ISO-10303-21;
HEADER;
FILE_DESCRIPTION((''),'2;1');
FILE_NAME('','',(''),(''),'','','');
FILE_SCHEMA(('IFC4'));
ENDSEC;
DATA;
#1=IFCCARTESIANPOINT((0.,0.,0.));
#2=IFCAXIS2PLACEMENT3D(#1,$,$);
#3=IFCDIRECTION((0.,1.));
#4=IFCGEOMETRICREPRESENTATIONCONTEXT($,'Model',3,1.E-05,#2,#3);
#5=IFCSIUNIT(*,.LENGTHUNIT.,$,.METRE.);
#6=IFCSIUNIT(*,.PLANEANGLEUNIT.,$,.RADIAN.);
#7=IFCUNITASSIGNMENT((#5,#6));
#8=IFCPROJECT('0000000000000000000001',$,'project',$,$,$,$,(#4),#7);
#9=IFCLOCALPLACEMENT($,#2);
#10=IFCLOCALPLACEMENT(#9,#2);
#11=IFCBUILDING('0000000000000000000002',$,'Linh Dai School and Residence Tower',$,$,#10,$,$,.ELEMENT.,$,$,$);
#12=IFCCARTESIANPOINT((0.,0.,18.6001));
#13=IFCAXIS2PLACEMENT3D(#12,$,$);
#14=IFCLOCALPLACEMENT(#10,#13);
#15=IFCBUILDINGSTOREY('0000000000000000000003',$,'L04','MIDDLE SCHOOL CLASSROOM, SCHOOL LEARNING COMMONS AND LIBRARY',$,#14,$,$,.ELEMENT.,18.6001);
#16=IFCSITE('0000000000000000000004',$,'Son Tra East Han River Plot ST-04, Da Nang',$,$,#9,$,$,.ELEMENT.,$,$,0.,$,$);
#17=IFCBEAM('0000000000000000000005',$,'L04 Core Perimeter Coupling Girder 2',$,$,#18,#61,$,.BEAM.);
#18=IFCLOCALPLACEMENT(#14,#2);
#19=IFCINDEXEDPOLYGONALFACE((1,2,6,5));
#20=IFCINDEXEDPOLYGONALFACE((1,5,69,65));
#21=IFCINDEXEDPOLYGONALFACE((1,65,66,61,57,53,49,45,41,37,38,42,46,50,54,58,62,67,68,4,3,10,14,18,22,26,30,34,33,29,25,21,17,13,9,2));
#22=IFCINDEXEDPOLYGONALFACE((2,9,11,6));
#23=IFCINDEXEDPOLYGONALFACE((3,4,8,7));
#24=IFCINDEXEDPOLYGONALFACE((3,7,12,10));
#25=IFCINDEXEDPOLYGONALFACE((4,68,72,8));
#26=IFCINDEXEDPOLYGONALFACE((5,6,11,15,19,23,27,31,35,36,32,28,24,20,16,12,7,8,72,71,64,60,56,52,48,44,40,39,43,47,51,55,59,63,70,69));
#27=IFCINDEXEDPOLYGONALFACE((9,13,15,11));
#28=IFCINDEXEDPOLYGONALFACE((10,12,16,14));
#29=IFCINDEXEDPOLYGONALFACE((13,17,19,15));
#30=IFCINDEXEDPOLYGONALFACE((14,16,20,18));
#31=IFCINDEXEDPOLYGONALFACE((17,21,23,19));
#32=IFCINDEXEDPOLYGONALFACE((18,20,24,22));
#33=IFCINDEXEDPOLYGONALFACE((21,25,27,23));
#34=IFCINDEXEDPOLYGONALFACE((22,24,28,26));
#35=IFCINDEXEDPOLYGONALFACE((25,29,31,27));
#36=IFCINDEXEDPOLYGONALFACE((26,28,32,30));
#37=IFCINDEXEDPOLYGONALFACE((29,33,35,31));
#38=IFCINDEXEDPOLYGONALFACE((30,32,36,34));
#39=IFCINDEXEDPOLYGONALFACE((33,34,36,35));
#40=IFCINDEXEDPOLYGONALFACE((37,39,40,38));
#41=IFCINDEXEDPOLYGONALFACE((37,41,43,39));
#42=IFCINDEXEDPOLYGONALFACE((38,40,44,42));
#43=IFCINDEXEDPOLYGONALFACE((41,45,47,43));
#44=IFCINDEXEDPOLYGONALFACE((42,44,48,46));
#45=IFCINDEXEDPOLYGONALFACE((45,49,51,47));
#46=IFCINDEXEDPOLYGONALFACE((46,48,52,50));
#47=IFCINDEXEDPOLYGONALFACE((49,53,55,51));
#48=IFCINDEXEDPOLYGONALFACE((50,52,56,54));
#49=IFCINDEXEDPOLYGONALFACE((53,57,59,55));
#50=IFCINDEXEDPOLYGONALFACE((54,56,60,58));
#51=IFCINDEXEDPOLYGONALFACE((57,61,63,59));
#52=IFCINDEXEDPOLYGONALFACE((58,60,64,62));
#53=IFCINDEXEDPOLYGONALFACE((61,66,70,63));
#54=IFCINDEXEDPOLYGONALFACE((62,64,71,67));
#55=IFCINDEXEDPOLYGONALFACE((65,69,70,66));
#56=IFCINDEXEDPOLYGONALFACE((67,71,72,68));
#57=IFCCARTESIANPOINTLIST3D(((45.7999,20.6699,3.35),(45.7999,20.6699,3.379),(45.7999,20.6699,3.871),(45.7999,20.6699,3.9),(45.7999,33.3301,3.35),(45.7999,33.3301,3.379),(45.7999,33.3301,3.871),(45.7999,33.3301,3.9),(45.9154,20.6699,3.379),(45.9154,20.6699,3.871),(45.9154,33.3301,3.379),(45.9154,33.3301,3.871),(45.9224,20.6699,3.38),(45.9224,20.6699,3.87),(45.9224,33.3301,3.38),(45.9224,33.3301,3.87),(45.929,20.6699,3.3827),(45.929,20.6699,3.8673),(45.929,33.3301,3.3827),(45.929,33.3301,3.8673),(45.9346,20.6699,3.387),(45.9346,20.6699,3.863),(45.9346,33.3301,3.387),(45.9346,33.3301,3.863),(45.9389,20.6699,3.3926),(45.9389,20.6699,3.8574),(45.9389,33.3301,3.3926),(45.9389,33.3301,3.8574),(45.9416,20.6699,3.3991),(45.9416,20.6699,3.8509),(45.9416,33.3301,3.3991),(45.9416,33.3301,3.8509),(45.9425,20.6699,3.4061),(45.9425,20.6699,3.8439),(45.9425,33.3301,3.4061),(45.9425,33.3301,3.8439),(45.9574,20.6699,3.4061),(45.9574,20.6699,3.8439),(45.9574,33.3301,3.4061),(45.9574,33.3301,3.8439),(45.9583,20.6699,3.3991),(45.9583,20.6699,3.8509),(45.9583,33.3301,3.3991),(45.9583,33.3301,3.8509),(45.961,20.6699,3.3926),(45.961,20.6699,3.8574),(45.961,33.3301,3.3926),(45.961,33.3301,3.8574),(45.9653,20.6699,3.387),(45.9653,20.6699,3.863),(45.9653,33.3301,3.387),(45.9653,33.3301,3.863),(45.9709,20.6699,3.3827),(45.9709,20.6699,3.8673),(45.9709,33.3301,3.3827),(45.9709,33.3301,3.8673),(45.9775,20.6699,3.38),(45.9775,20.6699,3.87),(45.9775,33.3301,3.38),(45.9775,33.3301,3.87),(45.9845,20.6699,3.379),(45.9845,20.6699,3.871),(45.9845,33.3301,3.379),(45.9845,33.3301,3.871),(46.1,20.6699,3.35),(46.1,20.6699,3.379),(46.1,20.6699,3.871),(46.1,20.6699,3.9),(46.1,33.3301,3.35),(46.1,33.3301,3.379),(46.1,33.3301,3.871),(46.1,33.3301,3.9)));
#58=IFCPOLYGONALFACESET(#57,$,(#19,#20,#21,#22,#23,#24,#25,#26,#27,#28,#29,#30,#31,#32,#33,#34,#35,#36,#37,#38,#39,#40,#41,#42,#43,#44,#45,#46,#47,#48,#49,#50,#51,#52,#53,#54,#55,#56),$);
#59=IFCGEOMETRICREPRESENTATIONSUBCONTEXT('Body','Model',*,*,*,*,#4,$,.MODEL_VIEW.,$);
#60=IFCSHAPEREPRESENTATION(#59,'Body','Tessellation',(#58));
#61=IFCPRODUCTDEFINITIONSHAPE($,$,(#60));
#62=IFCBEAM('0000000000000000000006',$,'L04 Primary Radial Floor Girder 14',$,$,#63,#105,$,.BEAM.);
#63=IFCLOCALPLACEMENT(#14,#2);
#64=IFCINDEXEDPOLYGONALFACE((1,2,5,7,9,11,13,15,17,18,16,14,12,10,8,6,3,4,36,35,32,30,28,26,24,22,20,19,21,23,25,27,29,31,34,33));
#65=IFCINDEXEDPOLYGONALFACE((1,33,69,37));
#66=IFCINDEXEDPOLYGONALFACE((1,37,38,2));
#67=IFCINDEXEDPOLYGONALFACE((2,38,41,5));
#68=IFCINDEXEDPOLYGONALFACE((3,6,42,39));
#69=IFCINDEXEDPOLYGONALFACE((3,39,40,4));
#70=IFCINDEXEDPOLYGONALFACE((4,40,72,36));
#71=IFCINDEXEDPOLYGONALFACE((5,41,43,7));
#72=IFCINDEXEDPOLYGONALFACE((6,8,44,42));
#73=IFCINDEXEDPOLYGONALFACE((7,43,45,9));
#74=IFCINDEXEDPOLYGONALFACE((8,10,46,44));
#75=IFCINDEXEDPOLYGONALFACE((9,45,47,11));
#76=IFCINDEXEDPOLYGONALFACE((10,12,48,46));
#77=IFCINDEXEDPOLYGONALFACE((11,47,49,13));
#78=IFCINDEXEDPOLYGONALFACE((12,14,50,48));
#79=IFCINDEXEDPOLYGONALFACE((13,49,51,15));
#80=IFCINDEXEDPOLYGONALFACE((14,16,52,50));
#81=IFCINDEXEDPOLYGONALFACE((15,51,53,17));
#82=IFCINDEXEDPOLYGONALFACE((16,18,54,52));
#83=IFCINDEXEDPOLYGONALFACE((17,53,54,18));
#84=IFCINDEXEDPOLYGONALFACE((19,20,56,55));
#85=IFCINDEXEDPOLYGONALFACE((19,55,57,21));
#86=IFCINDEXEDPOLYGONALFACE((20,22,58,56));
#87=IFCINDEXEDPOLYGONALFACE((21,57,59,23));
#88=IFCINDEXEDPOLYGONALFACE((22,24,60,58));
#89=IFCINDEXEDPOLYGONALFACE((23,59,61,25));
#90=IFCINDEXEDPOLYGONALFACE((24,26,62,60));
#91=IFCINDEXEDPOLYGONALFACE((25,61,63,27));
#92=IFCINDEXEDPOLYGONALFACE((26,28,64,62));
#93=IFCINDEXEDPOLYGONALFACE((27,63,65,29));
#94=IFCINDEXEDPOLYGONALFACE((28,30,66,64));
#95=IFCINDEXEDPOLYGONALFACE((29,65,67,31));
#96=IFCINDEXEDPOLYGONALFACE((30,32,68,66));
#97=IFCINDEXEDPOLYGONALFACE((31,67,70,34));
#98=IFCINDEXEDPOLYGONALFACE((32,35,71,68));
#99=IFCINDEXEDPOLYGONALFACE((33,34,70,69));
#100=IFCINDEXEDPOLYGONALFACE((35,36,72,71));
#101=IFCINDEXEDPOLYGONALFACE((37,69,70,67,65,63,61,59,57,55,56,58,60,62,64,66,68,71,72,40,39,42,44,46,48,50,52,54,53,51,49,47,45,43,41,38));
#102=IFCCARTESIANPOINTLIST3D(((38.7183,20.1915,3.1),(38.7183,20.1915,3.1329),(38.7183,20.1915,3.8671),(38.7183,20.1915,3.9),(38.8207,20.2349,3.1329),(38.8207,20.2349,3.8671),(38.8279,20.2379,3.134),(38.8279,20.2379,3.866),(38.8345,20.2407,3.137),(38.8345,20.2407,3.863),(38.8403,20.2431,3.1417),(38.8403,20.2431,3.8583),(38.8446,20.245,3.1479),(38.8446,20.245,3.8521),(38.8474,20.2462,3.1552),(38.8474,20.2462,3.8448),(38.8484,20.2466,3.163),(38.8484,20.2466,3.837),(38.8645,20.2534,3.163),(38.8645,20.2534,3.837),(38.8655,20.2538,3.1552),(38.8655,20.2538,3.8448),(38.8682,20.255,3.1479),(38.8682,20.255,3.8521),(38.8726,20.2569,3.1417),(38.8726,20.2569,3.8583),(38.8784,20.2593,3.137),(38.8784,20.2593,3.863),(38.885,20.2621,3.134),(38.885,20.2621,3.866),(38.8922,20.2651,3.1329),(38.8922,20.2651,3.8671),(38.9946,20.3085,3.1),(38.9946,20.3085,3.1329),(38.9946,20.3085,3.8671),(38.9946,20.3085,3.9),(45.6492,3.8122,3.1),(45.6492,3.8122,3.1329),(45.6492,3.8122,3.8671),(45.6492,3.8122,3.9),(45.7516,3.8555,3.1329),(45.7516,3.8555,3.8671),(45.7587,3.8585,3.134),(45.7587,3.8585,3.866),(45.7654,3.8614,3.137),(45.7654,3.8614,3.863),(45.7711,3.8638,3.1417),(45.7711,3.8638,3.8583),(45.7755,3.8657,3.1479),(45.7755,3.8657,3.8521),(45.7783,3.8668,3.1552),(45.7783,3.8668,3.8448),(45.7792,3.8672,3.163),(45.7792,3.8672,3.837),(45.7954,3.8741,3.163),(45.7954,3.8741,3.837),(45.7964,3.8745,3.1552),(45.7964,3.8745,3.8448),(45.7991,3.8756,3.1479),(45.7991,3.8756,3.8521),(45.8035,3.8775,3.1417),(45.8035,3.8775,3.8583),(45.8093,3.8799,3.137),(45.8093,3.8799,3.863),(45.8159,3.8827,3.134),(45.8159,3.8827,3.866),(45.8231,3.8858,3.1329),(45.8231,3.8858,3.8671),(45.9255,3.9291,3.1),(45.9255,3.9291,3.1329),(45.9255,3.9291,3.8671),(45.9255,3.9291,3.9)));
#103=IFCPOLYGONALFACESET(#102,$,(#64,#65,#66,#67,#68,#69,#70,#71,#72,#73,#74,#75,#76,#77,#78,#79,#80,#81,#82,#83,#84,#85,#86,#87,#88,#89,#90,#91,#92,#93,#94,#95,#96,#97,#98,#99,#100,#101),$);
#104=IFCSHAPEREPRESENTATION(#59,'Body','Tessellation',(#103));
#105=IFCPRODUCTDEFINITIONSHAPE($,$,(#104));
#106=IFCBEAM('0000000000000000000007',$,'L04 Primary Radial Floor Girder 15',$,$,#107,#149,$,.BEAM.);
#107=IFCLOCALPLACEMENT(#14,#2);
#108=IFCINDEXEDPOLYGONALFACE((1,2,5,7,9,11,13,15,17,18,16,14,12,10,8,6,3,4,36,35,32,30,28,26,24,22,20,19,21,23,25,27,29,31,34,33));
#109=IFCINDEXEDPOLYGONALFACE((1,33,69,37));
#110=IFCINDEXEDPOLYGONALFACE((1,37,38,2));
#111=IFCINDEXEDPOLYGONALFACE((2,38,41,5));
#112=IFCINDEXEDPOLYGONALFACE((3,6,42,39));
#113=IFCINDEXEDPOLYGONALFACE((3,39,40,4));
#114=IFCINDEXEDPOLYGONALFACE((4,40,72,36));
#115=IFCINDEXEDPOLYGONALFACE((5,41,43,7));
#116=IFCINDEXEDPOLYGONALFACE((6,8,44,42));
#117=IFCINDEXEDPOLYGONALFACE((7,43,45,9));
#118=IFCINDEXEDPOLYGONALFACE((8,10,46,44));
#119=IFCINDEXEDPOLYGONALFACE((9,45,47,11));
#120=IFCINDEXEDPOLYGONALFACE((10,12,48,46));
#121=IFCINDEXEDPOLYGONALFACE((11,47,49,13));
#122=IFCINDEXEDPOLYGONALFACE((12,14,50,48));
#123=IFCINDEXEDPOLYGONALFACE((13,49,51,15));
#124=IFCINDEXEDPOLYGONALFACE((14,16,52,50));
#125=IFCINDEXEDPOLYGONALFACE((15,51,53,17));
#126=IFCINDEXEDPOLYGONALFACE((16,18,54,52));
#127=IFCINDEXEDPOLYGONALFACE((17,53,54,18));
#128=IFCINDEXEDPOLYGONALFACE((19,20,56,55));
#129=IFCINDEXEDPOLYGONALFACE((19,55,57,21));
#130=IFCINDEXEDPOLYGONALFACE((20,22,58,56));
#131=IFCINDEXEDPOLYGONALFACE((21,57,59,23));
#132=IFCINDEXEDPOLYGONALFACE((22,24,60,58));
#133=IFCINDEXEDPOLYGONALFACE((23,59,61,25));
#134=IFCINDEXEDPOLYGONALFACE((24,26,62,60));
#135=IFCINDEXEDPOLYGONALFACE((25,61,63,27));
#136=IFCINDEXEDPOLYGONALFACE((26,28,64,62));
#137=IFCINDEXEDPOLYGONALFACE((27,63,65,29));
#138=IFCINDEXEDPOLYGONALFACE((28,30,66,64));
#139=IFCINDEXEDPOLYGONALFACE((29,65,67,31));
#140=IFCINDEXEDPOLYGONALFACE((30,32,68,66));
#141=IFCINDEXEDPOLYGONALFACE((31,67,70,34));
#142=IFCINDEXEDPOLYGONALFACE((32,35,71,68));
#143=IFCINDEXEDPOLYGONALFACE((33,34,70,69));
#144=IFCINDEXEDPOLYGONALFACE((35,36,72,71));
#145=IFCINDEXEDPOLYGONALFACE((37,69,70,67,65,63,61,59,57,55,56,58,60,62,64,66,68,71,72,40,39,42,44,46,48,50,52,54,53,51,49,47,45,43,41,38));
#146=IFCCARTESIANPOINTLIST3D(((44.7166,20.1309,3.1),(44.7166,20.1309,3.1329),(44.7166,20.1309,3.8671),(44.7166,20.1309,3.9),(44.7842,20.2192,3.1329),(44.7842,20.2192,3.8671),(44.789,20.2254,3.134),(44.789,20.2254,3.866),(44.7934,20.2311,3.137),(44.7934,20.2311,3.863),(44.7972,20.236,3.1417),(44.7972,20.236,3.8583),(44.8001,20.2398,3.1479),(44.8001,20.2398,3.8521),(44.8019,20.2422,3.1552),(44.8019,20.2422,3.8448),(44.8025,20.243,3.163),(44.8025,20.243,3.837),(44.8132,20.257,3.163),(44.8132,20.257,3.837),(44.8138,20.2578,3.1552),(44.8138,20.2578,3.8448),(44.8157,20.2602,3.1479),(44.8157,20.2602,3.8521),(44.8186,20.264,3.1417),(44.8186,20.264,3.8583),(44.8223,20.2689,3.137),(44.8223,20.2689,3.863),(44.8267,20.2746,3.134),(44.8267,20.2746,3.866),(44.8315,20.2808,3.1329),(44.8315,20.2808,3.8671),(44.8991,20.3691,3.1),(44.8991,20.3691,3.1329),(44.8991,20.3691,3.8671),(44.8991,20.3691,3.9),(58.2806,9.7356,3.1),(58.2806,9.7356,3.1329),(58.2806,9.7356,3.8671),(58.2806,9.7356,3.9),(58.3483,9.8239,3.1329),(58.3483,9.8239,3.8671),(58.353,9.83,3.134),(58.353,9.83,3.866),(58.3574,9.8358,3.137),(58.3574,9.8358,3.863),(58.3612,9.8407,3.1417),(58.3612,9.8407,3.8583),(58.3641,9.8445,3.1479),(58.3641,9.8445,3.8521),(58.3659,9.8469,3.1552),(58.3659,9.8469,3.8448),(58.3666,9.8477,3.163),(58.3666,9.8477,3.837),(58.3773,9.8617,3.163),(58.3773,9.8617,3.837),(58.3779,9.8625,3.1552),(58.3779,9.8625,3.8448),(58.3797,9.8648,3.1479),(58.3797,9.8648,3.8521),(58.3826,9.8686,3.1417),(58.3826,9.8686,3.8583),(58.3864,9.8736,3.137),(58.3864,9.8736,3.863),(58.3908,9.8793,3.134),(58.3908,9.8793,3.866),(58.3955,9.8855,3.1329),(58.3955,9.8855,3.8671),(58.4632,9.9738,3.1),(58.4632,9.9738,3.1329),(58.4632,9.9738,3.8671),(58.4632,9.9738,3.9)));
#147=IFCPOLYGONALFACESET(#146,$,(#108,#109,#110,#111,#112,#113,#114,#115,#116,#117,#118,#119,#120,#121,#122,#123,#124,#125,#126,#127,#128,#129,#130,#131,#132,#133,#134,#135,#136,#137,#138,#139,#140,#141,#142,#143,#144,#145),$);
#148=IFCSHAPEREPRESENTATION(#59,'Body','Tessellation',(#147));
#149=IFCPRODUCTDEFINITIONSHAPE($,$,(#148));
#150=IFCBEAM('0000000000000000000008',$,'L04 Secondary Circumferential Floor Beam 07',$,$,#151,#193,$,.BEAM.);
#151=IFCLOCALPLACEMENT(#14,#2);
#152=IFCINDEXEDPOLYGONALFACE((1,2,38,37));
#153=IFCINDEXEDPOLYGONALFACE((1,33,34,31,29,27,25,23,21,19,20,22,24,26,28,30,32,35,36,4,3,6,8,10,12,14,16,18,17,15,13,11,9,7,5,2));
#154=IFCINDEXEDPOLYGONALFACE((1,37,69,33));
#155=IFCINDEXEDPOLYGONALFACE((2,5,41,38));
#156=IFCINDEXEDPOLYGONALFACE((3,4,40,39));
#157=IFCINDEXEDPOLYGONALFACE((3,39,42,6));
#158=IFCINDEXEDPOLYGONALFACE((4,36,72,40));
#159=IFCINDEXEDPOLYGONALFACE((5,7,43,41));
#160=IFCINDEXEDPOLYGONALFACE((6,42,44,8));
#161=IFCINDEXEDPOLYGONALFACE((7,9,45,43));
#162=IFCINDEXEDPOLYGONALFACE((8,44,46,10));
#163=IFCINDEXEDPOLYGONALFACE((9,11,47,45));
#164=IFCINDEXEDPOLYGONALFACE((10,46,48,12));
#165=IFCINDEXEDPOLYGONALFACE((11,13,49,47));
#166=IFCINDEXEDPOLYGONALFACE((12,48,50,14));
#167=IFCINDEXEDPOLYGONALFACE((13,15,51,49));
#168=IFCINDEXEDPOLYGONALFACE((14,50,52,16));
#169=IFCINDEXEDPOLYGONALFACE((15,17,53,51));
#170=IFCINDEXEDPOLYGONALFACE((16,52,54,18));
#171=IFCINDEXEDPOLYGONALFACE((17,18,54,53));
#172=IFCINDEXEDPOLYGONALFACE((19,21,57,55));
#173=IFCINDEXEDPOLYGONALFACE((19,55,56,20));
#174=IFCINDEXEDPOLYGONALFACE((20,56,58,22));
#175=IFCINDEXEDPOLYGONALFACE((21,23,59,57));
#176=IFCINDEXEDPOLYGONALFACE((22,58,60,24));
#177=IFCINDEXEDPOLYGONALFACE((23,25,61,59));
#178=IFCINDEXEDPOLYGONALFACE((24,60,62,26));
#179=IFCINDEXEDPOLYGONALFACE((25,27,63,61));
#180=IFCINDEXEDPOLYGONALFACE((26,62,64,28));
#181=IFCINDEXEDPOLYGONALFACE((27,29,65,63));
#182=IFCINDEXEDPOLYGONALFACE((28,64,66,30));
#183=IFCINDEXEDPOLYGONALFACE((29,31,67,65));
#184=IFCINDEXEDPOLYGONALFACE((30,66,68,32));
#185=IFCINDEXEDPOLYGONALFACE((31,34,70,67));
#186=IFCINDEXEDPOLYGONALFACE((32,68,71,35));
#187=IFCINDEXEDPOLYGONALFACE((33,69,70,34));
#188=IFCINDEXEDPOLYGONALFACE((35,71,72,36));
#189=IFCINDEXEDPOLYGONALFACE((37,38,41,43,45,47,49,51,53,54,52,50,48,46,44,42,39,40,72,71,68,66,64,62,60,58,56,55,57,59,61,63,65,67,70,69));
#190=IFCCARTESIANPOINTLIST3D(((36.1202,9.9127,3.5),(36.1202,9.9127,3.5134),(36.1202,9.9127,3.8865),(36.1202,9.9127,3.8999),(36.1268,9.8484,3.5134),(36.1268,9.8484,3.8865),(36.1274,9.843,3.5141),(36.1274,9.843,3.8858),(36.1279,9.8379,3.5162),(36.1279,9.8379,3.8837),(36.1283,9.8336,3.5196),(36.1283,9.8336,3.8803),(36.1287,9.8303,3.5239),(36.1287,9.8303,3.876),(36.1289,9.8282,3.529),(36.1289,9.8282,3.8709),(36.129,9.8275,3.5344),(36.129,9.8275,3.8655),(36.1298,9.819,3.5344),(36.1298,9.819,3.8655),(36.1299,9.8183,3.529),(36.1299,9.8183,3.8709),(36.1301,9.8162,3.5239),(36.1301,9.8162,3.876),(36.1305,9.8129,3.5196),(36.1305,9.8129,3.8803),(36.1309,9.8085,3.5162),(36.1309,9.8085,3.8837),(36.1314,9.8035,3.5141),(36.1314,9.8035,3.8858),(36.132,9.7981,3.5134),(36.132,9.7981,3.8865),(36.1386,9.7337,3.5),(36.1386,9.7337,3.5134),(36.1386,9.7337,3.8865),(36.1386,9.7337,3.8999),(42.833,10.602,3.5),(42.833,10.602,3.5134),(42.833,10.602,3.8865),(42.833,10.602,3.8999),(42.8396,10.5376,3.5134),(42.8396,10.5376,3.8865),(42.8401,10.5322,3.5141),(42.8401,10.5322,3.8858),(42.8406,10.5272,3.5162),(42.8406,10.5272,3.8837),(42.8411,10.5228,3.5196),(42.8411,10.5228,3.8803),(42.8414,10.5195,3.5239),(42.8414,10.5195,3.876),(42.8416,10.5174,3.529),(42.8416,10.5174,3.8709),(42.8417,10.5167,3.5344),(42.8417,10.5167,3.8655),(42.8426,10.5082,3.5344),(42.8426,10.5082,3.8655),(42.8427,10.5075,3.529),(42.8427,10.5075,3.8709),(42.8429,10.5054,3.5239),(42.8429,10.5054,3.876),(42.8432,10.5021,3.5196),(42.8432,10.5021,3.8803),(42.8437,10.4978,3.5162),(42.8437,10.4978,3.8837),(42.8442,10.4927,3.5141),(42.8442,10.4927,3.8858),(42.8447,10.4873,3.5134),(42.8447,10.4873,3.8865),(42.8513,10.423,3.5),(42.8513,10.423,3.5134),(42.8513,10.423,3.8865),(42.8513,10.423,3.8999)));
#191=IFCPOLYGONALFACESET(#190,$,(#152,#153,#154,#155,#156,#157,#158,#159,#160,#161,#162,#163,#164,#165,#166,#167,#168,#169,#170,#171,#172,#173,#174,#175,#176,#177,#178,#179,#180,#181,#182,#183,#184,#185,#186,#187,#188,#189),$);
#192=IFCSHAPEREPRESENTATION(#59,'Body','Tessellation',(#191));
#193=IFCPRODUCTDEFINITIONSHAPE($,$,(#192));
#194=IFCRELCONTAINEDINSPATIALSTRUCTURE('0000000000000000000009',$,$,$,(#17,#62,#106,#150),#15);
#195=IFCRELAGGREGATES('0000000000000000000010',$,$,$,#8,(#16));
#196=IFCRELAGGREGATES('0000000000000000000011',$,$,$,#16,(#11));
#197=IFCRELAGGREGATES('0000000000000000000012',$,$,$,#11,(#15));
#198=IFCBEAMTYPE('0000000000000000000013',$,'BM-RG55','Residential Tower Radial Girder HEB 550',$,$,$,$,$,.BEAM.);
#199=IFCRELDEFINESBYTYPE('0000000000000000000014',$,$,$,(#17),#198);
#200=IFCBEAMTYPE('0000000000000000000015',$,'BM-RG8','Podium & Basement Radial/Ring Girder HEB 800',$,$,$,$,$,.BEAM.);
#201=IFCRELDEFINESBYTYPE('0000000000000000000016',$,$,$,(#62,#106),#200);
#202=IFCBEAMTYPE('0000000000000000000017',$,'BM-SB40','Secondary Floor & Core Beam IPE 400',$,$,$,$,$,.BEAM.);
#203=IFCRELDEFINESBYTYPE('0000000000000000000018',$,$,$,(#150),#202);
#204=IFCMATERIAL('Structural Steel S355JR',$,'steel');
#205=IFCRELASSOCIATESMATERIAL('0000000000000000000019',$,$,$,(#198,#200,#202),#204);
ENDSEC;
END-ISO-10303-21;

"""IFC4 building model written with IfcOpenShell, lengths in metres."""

from ifc_helpers import new_model, si_unit, direction, frame, origin, origin_2d, place, context, subcontext, project, spatial, i_section, extrude, material, material_profile, profile_set, type_object, element, save


model = new_model("IFC4")

# Units and contexts
model_context = context("Model", 3, precision=1e-05, world=origin(), true_north=direction((0.0, 1.0)))
body_context = subcontext(model_context, "Body", "Model", "MODEL_VIEW")
ifc_project = project(units=[si_unit("LENGTHUNIT", "METRE"), si_unit("PLANEANGLEUNIT", "RADIAN")], contexts=[model_context])

# Site, building, storey
site_placement = place(None, origin())
site = spatial("IfcSite", under=ifc_project, at=site_placement, Name="Son Tra East Han River Plot ST-04, Da Nang", CompositionType="ELEMENT", RefElevation=0.0)
building_placement = place(site_placement, origin())
building = spatial("IfcBuilding", under=site, at=building_placement, Name="Linh Dai School and Residence Tower", CompositionType="ELEMENT")
storey_placement = place(building_placement, frame((0.0, 0.0, 18.6001)))
storey = spatial("IfcBuildingStorey", under=building, at=storey_placement, Name="L04", Description="MIDDLE SCHOOL CLASSROOM, SCHOOL LEARNING COMMONS AND LIBRARY", CompositionType="ELEMENT", Elevation=18.6001)

# Shared definitions
ifc_material_1 = material(Name="Structural Steel S355JR", Category="steel")

# Beams
ifc_material_profile_1 = material_profile(ifc_material_1, i_section(OverallWidth=0.3, OverallDepth=0.55, WebThickness=0.0149, FlangeThickness=0.0291, FilletRadius=0.0271, at=origin_2d()), Name="HEB 550")
ifc_profile_set_1 = profile_set([ifc_material_profile_1], Name="Structural Steel S355JR")
beam_type_1 = type_object("IfcBeamType", Name="BM-RG55", Description="Residential Tower Radial Girder HEB 550", PredefinedType="BEAM", material=ifc_profile_set_1)
beam_1_placement = place(storey_placement, frame((45.95, 20.6699, 3.625), z_axis=(0.0, 1.0, 0.0), x_axis=(-1.0, 0.0, 0.0)))
element("IfcBeam", 1, at=beam_1_placement, inside=storey, type_object=beam_type_1, Name="L04 Core Perimeter Coupling Girder 2", PredefinedType="BEAM", context=body_context, shape_type="SweptSolid", body=[
    extrude(i_section(OverallWidth=0.3, OverallDepth=0.55, WebThickness=0.0149, FlangeThickness=0.0291, FilletRadius=0.0271, at=origin_2d()), origin(), (0.0, 0.0, 1.0), 12.6602),
])
ifc_material_profile_2 = material_profile(ifc_material_1, i_section(OverallWidth=0.3, OverallDepth=0.8, WebThickness=0.0176, FlangeThickness=0.033, FilletRadius=0.03, at=origin_2d()), Name="HEB 800")
ifc_profile_set_2 = profile_set([ifc_material_profile_2], Name="Structural Steel S355JR")
beam_type_2 = type_object("IfcBeamType", Name="BM-RG8", Description="Podium & Basement Radial/Ring Girder HEB 800", PredefinedType="BEAM", material=ifc_profile_set_2)
beam_2_placement = place(storey_placement, frame((38.8564, 20.25, 3.5), z_axis=(0.389696, -0.920944, 0.0), x_axis=(0.920944, 0.389696, 0.0)))
element("IfcBeam", 2, at=beam_2_placement, inside=storey, type_object=beam_type_2, Name="L04 Primary Radial Floor Girder 14", PredefinedType="BEAM", context=body_context, shape_type="SweptSolid", body=[
    extrude(i_section(OverallWidth=0.3, OverallDepth=0.8, WebThickness=0.0176, FlangeThickness=0.033, FilletRadius=0.03, at=origin_2d()), origin(), (0.0, 0.0, 1.0), 17.7854),
])
beam_3_placement = place(storey_placement, frame((44.8079, 20.25, 3.5), z_axis=(0.793713, -0.608292, 0.0), x_axis=(0.608292, 0.793713, 0.0)))
element("IfcBeam", 3, at=beam_3_placement, inside=storey, type_object=beam_type_2, Name="L04 Primary Radial Floor Girder 15", PredefinedType="BEAM", context=body_context, shape_type="SweptSolid", body=[
    extrude(i_section(OverallWidth=0.3, OverallDepth=0.8, WebThickness=0.0176, FlangeThickness=0.033, FilletRadius=0.03, at=origin_2d()), origin(), (0.0, 0.0, 1.0), 17.0894),
])
ifc_material_profile_3 = material_profile(ifc_material_1, i_section(OverallWidth=0.1799, OverallDepth=0.3999, WebThickness=0.0085, FlangeThickness=0.0134, FilletRadius=0.021, at=origin_2d()), Name="IPE 400")
ifc_profile_set_3 = profile_set([ifc_material_profile_3], Name="Structural Steel S355JR")
beam_type_3 = type_object("IfcBeamType", Name="BM-SB40", Description="Secondary Floor & Core Beam IPE 400", PredefinedType="BEAM", material=ifc_profile_set_3)
beam_4_placement = place(storey_placement, frame((36.1294, 9.8232, 3.7), z_axis=(0.99477, 0.102136, 0.0), x_axis=(-0.102136, 0.99477, 0.0)))
element("IfcBeam", 4, at=beam_4_placement, inside=storey, type_object=beam_type_3, Name="L04 Secondary Circumferential Floor Beam 07", PredefinedType="BEAM", context=body_context, shape_type="SweptSolid", body=[
    extrude(i_section(OverallWidth=0.1799, OverallDepth=0.3999, WebThickness=0.0085, FlangeThickness=0.0134, FilletRadius=0.021, at=origin_2d()), origin(), (0.0, 0.0, 1.0), 6.748),
])

save(model, "model.ifc")
